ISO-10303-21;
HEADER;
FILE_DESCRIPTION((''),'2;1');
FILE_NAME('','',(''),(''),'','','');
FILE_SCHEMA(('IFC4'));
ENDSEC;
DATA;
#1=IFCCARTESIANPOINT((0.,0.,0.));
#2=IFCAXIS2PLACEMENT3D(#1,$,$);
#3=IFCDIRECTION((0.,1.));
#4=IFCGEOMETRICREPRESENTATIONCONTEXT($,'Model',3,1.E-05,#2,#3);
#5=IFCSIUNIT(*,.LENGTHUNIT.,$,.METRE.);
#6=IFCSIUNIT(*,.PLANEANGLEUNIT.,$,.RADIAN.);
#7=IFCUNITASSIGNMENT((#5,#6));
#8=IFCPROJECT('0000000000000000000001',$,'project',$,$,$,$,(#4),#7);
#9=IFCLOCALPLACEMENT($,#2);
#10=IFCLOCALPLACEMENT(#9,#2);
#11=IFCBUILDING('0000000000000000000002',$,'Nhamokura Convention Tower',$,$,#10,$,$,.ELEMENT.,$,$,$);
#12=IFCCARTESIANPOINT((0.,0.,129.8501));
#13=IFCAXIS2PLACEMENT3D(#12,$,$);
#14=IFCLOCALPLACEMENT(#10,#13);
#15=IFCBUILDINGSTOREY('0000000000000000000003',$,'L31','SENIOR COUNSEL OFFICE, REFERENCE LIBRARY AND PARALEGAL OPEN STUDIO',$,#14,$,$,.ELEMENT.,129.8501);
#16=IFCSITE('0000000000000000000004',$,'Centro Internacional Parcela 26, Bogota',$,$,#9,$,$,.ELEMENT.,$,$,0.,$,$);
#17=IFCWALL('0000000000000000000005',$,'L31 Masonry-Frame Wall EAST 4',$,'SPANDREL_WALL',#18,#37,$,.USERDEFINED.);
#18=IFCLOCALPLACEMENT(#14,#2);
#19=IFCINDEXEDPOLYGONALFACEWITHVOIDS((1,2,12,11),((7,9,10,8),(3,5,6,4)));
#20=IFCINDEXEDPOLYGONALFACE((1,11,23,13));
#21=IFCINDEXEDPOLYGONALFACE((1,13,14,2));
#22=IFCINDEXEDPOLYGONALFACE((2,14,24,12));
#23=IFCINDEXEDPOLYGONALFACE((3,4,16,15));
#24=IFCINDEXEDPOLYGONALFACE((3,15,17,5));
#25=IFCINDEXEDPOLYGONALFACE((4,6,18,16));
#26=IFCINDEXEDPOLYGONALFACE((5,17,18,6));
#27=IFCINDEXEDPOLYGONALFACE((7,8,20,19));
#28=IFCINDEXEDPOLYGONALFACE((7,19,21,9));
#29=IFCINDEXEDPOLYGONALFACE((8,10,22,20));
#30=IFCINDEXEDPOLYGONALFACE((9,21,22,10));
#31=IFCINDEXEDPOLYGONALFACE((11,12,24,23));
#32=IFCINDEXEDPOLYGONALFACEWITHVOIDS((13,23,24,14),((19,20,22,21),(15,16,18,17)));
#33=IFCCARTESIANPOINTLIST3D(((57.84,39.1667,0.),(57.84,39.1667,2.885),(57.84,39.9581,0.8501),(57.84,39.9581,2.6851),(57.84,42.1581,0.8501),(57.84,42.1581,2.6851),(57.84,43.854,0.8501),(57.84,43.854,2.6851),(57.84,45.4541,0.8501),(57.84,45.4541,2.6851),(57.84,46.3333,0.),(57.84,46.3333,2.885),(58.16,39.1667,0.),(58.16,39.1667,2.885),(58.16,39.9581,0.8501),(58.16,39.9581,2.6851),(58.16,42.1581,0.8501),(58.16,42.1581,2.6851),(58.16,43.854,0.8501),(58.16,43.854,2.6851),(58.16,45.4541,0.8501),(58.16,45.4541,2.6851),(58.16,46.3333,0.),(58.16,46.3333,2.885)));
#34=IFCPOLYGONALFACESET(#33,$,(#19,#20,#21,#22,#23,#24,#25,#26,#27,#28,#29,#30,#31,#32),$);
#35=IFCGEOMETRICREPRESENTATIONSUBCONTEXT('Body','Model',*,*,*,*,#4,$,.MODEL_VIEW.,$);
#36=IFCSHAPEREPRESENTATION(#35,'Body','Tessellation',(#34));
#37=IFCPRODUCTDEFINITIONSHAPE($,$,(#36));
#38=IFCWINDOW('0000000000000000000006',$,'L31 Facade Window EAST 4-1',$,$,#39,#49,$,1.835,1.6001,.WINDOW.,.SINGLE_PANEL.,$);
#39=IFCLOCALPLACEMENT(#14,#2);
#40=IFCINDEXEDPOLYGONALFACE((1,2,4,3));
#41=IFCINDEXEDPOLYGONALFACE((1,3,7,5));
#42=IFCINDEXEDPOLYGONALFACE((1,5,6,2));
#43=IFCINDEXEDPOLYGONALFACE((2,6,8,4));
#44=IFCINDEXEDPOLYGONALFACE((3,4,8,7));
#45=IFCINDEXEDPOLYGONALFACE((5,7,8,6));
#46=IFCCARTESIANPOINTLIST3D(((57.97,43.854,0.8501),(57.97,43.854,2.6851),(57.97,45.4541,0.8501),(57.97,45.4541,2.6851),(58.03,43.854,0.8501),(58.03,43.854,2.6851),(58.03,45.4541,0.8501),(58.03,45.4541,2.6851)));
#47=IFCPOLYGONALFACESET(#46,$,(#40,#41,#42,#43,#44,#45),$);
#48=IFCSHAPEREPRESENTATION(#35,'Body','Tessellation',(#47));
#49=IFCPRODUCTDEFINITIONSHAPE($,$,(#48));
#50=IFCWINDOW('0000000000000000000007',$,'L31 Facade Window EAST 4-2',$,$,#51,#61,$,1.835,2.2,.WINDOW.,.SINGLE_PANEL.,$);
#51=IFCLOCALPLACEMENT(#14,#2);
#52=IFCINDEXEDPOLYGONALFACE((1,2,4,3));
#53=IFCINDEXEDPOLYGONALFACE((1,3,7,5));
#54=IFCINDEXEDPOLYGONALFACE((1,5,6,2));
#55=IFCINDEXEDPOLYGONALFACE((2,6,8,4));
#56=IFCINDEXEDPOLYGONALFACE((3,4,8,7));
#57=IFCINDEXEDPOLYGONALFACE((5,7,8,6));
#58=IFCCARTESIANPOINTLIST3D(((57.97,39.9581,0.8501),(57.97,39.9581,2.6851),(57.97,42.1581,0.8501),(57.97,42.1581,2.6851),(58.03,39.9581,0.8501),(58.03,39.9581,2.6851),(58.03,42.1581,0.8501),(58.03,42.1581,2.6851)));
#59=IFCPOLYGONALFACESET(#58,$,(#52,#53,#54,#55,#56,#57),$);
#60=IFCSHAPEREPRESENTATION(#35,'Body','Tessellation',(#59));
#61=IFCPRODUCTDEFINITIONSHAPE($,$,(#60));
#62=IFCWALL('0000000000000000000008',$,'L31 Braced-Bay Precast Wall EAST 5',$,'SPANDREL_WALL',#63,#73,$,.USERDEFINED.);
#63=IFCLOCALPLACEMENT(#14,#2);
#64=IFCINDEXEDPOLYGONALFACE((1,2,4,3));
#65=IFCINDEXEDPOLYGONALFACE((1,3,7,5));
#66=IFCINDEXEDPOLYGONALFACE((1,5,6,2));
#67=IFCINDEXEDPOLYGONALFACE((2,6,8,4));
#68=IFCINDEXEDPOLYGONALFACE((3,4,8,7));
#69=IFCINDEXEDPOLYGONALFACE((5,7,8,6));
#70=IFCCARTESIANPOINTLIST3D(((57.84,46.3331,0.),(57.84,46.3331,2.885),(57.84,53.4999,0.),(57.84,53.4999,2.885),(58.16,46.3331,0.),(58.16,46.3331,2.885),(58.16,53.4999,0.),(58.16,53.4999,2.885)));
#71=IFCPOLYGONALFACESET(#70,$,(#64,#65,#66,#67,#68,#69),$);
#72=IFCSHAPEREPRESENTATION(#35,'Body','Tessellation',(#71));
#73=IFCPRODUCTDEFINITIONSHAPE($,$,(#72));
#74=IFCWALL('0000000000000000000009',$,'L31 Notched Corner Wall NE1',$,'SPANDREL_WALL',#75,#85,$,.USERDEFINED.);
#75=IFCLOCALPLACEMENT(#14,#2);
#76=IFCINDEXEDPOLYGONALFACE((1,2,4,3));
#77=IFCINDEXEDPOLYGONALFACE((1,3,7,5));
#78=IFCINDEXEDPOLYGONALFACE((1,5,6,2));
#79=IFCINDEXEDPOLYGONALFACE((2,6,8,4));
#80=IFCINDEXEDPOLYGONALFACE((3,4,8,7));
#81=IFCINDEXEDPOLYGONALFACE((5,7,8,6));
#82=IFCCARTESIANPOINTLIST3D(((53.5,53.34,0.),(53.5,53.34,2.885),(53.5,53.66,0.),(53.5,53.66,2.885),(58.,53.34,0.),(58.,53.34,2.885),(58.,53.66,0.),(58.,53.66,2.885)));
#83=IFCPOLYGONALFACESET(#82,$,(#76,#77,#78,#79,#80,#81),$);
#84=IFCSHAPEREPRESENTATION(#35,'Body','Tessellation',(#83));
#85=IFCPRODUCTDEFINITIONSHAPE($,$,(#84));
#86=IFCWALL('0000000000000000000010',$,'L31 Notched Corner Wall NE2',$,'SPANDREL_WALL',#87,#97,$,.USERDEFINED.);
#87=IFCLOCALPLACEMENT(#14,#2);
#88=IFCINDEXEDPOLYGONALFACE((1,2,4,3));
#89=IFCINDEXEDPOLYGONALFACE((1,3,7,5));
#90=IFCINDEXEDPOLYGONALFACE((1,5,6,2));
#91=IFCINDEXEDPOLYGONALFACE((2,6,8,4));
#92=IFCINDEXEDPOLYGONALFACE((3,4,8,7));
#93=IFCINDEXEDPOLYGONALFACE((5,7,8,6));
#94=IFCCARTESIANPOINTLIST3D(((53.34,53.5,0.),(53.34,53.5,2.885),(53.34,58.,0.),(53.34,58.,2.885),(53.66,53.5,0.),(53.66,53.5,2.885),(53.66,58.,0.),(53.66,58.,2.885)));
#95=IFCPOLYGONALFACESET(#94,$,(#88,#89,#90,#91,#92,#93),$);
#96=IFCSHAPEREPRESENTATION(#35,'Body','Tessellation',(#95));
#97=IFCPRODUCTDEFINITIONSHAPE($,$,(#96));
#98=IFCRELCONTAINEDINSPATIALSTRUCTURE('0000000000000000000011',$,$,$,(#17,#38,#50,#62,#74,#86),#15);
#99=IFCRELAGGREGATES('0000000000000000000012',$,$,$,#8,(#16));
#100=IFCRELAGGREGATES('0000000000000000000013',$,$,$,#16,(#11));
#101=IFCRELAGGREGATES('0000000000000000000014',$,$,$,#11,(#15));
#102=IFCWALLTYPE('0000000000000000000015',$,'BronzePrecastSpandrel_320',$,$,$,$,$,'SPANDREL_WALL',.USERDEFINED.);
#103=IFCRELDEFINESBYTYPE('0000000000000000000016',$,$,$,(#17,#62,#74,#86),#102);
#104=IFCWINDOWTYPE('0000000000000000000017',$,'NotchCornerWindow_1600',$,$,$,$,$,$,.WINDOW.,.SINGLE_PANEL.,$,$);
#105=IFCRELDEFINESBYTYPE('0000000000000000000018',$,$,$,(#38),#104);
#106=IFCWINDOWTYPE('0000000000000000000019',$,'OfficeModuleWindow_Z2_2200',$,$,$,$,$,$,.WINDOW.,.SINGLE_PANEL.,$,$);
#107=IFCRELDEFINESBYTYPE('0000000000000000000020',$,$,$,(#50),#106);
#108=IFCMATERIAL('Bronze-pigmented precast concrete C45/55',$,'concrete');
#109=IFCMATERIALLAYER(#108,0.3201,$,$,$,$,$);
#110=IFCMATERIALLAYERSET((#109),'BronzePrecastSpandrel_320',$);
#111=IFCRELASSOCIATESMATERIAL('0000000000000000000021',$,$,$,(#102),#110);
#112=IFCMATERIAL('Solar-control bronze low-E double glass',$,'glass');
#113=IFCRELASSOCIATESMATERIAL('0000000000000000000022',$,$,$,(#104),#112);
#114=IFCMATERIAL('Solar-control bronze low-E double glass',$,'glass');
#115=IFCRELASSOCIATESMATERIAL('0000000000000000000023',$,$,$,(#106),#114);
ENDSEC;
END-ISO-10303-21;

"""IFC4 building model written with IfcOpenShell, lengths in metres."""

from ifc_helpers import new_model, si_unit, direction, frame, frame_2d, origin, place, context, subcontext, project, spatial, rectangle, extrude, material, layer, layer_set, type_object, element, fill, save


model = new_model("IFC4")

# Units and contexts
model_context = context("Model", 3, precision=1e-05, world=origin(), true_north=direction((0.0, 1.0)))
body_context = subcontext(model_context, "Body", "Model", "MODEL_VIEW")
ifc_project = project(units=[si_unit("LENGTHUNIT", "METRE"), si_unit("PLANEANGLEUNIT", "RADIAN")], contexts=[model_context])

# Site, building, storey
site_placement = place(None, origin())
site = spatial("IfcSite", under=ifc_project, at=site_placement, Name="Centro Internacional Parcela 26, Bogota", CompositionType="ELEMENT", RefElevation=0.0)
building_placement = place(site_placement, origin())
building = spatial("IfcBuilding", under=site, at=building_placement, Name="Nhamokura Convention Tower", CompositionType="ELEMENT")
storey_placement = place(building_placement, frame((0.0, 0.0, 129.8501)))
storey = spatial("IfcBuildingStorey", under=building, at=storey_placement, Name="L31", Description="SENIOR COUNSEL OFFICE, REFERENCE LIBRARY AND PARALEGAL OPEN STUDIO", CompositionType="ELEMENT", Elevation=129.8501)

# Shared definitions
ifc_material_1 = material(Name="Bronze-pigmented precast concrete C45/55", Category="concrete")
ifc_layer = layer(ifc_material_1, 0.3201)
ifc_layer_set = layer_set([ifc_layer], Name="BronzePrecastSpandrel_320")
wall_type = type_object("IfcWallType", Name="BronzePrecastSpandrel_320", ElementType="SPANDREL_WALL", PredefinedType="USERDEFINED", material=ifc_layer_set)

# Wall, openings, windows
wall_1_placement = place(storey_placement, frame((58.0, 46.3333, 0.0), z_axis=(0.0, 0.0, 1.0), x_axis=(0.0, -1.0, 0.0)))
wall_1 = element("IfcWall", 1, at=wall_1_placement, inside=storey, type_object=wall_type, Name="L31 Masonry-Frame Wall EAST 4", ObjectType="SPANDREL_WALL", PredefinedType="USERDEFINED", context=body_context, shape_type="SweptSolid", body=[
    extrude(rectangle(XDim=7.1665, YDim=0.3201, at=frame_2d((3.5833, 0.0))), origin(), (0.0, 0.0, 1.0), 2.885),
])
opening_1_placement = place(wall_1_placement, frame((0.8792, 0.0, 0.8501)))
opening_1 = element("IfcOpeningElement", 2, at=opening_1_placement, cuts=wall_1, PredefinedType="OPENING", context=body_context, shape_type="SweptSolid", body=[
    extrude(rectangle(XDim=1.6001, YDim=1.835, at=frame_2d((0.8, 0.9175))), frame((0.0, 0.1699, 0.0), z_axis=(0.0, -1.0, 0.0), x_axis=(1.0, 0.0, 0.0)), (0.0, 0.0, 1.0), 0.3401),
])
opening_2_placement = place(wall_1_placement, frame((4.175, 0.0, 0.8501)))
opening_2 = element("IfcOpeningElement", 3, at=opening_2_placement, cuts=wall_1, PredefinedType="OPENING", context=body_context, shape_type="SweptSolid", body=[
    extrude(rectangle(XDim=2.2, YDim=1.835, at=frame_2d((1.1001, 0.9175))), frame((0.0, 0.1699, 0.0), z_axis=(0.0, -1.0, 0.0), x_axis=(1.0, 0.0, 0.0)), (0.0, 0.0, 1.0), 0.3401),
])
ifc_material_2 = material(Name="Solar-control bronze low-E double glass", Category="glass")
window_type_1 = type_object("IfcWindowType", Name="NotchCornerWindow_1600", PartitioningType="SINGLE_PANEL", PredefinedType="WINDOW", material=ifc_material_2)
window_1_placement = place(opening_1_placement, origin())
window_1 = element("IfcWindow", 4, at=window_1_placement, inside=storey, type_object=window_type_1, Name="L31 Facade Window EAST 4-1", OverallHeight=1.835, OverallWidth=1.6001, PartitioningType="SINGLE_PANEL", PredefinedType="WINDOW", context=body_context, shape_type="SweptSolid", body=[
    extrude(rectangle(XDim=1.6001, YDim=1.835, at=frame_2d((0.8, 0.9175))), frame((0.0, 0.03, 0.0), z_axis=(0.0, -1.0, 0.0), x_axis=(1.0, 0.0, 0.0)), (0.0, 0.0, 1.0), 0.0601),
])
fill(opening_1, window_1)
ifc_material_3 = material(Name="Solar-control bronze low-E double glass", Category="glass")
window_type_2 = type_object("IfcWindowType", Name="OfficeModuleWindow_Z2_2200", PartitioningType="SINGLE_PANEL", PredefinedType="WINDOW", material=ifc_material_3)
window_2_placement = place(opening_2_placement, origin())
window_2 = element("IfcWindow", 5, at=window_2_placement, inside=storey, type_object=window_type_2, Name="L31 Facade Window EAST 4-2", OverallHeight=1.835, OverallWidth=2.2, PartitioningType="SINGLE_PANEL", PredefinedType="WINDOW", context=body_context, shape_type="SweptSolid", body=[
    extrude(rectangle(XDim=2.2, YDim=1.835, at=frame_2d((1.1001, 0.9175))), frame((0.0, 0.03, 0.0), z_axis=(0.0, -1.0, 0.0), x_axis=(1.0, 0.0, 0.0)), (0.0, 0.0, 1.0), 0.0601),
])
fill(opening_2, window_2)

# Walls
wall_2_placement = place(storey_placement, frame((58.0, 53.5, 0.0), z_axis=(0.0, 0.0, 1.0), x_axis=(0.0, -1.0, 0.0)))
element("IfcWall", 6, at=wall_2_placement, inside=storey, type_object=wall_type, Name="L31 Braced-Bay Precast Wall EAST 5", ObjectType="SPANDREL_WALL", PredefinedType="USERDEFINED", context=body_context, shape_type="SweptSolid", body=[
    extrude(rectangle(XDim=7.1667, YDim=0.3201, at=frame_2d((3.5835, 0.0))), origin(), (0.0, 0.0, 1.0), 2.885),
])
for number, where, z_axis, x_axis, name in (
    (7, (53.5, 53.5, 0.0), (0.0, 0.0, 1.0), (1.0, 0.0, 0.0), "L31 Notched Corner Wall NE1"),
    (8, (53.5, 58.0, 0.0), (0.0, 0.0, 1.0), (0.0, -1.0, 0.0), "L31 Notched Corner Wall NE2"),
):
    element("IfcWall", number, at=place(storey_placement, frame(where, z_axis=z_axis, x_axis=x_axis)), inside=storey, type_object=wall_type, Name=name, ObjectType="SPANDREL_WALL", PredefinedType="USERDEFINED", context=body_context, shape_type="SweptSolid", body=[
        extrude(rectangle(XDim=4.5, YDim=0.3201, at=frame_2d((2.25, 0.0))), origin(), (0.0, 0.0, 1.0), 2.885),
    ])

save(model, "model.ifc")
